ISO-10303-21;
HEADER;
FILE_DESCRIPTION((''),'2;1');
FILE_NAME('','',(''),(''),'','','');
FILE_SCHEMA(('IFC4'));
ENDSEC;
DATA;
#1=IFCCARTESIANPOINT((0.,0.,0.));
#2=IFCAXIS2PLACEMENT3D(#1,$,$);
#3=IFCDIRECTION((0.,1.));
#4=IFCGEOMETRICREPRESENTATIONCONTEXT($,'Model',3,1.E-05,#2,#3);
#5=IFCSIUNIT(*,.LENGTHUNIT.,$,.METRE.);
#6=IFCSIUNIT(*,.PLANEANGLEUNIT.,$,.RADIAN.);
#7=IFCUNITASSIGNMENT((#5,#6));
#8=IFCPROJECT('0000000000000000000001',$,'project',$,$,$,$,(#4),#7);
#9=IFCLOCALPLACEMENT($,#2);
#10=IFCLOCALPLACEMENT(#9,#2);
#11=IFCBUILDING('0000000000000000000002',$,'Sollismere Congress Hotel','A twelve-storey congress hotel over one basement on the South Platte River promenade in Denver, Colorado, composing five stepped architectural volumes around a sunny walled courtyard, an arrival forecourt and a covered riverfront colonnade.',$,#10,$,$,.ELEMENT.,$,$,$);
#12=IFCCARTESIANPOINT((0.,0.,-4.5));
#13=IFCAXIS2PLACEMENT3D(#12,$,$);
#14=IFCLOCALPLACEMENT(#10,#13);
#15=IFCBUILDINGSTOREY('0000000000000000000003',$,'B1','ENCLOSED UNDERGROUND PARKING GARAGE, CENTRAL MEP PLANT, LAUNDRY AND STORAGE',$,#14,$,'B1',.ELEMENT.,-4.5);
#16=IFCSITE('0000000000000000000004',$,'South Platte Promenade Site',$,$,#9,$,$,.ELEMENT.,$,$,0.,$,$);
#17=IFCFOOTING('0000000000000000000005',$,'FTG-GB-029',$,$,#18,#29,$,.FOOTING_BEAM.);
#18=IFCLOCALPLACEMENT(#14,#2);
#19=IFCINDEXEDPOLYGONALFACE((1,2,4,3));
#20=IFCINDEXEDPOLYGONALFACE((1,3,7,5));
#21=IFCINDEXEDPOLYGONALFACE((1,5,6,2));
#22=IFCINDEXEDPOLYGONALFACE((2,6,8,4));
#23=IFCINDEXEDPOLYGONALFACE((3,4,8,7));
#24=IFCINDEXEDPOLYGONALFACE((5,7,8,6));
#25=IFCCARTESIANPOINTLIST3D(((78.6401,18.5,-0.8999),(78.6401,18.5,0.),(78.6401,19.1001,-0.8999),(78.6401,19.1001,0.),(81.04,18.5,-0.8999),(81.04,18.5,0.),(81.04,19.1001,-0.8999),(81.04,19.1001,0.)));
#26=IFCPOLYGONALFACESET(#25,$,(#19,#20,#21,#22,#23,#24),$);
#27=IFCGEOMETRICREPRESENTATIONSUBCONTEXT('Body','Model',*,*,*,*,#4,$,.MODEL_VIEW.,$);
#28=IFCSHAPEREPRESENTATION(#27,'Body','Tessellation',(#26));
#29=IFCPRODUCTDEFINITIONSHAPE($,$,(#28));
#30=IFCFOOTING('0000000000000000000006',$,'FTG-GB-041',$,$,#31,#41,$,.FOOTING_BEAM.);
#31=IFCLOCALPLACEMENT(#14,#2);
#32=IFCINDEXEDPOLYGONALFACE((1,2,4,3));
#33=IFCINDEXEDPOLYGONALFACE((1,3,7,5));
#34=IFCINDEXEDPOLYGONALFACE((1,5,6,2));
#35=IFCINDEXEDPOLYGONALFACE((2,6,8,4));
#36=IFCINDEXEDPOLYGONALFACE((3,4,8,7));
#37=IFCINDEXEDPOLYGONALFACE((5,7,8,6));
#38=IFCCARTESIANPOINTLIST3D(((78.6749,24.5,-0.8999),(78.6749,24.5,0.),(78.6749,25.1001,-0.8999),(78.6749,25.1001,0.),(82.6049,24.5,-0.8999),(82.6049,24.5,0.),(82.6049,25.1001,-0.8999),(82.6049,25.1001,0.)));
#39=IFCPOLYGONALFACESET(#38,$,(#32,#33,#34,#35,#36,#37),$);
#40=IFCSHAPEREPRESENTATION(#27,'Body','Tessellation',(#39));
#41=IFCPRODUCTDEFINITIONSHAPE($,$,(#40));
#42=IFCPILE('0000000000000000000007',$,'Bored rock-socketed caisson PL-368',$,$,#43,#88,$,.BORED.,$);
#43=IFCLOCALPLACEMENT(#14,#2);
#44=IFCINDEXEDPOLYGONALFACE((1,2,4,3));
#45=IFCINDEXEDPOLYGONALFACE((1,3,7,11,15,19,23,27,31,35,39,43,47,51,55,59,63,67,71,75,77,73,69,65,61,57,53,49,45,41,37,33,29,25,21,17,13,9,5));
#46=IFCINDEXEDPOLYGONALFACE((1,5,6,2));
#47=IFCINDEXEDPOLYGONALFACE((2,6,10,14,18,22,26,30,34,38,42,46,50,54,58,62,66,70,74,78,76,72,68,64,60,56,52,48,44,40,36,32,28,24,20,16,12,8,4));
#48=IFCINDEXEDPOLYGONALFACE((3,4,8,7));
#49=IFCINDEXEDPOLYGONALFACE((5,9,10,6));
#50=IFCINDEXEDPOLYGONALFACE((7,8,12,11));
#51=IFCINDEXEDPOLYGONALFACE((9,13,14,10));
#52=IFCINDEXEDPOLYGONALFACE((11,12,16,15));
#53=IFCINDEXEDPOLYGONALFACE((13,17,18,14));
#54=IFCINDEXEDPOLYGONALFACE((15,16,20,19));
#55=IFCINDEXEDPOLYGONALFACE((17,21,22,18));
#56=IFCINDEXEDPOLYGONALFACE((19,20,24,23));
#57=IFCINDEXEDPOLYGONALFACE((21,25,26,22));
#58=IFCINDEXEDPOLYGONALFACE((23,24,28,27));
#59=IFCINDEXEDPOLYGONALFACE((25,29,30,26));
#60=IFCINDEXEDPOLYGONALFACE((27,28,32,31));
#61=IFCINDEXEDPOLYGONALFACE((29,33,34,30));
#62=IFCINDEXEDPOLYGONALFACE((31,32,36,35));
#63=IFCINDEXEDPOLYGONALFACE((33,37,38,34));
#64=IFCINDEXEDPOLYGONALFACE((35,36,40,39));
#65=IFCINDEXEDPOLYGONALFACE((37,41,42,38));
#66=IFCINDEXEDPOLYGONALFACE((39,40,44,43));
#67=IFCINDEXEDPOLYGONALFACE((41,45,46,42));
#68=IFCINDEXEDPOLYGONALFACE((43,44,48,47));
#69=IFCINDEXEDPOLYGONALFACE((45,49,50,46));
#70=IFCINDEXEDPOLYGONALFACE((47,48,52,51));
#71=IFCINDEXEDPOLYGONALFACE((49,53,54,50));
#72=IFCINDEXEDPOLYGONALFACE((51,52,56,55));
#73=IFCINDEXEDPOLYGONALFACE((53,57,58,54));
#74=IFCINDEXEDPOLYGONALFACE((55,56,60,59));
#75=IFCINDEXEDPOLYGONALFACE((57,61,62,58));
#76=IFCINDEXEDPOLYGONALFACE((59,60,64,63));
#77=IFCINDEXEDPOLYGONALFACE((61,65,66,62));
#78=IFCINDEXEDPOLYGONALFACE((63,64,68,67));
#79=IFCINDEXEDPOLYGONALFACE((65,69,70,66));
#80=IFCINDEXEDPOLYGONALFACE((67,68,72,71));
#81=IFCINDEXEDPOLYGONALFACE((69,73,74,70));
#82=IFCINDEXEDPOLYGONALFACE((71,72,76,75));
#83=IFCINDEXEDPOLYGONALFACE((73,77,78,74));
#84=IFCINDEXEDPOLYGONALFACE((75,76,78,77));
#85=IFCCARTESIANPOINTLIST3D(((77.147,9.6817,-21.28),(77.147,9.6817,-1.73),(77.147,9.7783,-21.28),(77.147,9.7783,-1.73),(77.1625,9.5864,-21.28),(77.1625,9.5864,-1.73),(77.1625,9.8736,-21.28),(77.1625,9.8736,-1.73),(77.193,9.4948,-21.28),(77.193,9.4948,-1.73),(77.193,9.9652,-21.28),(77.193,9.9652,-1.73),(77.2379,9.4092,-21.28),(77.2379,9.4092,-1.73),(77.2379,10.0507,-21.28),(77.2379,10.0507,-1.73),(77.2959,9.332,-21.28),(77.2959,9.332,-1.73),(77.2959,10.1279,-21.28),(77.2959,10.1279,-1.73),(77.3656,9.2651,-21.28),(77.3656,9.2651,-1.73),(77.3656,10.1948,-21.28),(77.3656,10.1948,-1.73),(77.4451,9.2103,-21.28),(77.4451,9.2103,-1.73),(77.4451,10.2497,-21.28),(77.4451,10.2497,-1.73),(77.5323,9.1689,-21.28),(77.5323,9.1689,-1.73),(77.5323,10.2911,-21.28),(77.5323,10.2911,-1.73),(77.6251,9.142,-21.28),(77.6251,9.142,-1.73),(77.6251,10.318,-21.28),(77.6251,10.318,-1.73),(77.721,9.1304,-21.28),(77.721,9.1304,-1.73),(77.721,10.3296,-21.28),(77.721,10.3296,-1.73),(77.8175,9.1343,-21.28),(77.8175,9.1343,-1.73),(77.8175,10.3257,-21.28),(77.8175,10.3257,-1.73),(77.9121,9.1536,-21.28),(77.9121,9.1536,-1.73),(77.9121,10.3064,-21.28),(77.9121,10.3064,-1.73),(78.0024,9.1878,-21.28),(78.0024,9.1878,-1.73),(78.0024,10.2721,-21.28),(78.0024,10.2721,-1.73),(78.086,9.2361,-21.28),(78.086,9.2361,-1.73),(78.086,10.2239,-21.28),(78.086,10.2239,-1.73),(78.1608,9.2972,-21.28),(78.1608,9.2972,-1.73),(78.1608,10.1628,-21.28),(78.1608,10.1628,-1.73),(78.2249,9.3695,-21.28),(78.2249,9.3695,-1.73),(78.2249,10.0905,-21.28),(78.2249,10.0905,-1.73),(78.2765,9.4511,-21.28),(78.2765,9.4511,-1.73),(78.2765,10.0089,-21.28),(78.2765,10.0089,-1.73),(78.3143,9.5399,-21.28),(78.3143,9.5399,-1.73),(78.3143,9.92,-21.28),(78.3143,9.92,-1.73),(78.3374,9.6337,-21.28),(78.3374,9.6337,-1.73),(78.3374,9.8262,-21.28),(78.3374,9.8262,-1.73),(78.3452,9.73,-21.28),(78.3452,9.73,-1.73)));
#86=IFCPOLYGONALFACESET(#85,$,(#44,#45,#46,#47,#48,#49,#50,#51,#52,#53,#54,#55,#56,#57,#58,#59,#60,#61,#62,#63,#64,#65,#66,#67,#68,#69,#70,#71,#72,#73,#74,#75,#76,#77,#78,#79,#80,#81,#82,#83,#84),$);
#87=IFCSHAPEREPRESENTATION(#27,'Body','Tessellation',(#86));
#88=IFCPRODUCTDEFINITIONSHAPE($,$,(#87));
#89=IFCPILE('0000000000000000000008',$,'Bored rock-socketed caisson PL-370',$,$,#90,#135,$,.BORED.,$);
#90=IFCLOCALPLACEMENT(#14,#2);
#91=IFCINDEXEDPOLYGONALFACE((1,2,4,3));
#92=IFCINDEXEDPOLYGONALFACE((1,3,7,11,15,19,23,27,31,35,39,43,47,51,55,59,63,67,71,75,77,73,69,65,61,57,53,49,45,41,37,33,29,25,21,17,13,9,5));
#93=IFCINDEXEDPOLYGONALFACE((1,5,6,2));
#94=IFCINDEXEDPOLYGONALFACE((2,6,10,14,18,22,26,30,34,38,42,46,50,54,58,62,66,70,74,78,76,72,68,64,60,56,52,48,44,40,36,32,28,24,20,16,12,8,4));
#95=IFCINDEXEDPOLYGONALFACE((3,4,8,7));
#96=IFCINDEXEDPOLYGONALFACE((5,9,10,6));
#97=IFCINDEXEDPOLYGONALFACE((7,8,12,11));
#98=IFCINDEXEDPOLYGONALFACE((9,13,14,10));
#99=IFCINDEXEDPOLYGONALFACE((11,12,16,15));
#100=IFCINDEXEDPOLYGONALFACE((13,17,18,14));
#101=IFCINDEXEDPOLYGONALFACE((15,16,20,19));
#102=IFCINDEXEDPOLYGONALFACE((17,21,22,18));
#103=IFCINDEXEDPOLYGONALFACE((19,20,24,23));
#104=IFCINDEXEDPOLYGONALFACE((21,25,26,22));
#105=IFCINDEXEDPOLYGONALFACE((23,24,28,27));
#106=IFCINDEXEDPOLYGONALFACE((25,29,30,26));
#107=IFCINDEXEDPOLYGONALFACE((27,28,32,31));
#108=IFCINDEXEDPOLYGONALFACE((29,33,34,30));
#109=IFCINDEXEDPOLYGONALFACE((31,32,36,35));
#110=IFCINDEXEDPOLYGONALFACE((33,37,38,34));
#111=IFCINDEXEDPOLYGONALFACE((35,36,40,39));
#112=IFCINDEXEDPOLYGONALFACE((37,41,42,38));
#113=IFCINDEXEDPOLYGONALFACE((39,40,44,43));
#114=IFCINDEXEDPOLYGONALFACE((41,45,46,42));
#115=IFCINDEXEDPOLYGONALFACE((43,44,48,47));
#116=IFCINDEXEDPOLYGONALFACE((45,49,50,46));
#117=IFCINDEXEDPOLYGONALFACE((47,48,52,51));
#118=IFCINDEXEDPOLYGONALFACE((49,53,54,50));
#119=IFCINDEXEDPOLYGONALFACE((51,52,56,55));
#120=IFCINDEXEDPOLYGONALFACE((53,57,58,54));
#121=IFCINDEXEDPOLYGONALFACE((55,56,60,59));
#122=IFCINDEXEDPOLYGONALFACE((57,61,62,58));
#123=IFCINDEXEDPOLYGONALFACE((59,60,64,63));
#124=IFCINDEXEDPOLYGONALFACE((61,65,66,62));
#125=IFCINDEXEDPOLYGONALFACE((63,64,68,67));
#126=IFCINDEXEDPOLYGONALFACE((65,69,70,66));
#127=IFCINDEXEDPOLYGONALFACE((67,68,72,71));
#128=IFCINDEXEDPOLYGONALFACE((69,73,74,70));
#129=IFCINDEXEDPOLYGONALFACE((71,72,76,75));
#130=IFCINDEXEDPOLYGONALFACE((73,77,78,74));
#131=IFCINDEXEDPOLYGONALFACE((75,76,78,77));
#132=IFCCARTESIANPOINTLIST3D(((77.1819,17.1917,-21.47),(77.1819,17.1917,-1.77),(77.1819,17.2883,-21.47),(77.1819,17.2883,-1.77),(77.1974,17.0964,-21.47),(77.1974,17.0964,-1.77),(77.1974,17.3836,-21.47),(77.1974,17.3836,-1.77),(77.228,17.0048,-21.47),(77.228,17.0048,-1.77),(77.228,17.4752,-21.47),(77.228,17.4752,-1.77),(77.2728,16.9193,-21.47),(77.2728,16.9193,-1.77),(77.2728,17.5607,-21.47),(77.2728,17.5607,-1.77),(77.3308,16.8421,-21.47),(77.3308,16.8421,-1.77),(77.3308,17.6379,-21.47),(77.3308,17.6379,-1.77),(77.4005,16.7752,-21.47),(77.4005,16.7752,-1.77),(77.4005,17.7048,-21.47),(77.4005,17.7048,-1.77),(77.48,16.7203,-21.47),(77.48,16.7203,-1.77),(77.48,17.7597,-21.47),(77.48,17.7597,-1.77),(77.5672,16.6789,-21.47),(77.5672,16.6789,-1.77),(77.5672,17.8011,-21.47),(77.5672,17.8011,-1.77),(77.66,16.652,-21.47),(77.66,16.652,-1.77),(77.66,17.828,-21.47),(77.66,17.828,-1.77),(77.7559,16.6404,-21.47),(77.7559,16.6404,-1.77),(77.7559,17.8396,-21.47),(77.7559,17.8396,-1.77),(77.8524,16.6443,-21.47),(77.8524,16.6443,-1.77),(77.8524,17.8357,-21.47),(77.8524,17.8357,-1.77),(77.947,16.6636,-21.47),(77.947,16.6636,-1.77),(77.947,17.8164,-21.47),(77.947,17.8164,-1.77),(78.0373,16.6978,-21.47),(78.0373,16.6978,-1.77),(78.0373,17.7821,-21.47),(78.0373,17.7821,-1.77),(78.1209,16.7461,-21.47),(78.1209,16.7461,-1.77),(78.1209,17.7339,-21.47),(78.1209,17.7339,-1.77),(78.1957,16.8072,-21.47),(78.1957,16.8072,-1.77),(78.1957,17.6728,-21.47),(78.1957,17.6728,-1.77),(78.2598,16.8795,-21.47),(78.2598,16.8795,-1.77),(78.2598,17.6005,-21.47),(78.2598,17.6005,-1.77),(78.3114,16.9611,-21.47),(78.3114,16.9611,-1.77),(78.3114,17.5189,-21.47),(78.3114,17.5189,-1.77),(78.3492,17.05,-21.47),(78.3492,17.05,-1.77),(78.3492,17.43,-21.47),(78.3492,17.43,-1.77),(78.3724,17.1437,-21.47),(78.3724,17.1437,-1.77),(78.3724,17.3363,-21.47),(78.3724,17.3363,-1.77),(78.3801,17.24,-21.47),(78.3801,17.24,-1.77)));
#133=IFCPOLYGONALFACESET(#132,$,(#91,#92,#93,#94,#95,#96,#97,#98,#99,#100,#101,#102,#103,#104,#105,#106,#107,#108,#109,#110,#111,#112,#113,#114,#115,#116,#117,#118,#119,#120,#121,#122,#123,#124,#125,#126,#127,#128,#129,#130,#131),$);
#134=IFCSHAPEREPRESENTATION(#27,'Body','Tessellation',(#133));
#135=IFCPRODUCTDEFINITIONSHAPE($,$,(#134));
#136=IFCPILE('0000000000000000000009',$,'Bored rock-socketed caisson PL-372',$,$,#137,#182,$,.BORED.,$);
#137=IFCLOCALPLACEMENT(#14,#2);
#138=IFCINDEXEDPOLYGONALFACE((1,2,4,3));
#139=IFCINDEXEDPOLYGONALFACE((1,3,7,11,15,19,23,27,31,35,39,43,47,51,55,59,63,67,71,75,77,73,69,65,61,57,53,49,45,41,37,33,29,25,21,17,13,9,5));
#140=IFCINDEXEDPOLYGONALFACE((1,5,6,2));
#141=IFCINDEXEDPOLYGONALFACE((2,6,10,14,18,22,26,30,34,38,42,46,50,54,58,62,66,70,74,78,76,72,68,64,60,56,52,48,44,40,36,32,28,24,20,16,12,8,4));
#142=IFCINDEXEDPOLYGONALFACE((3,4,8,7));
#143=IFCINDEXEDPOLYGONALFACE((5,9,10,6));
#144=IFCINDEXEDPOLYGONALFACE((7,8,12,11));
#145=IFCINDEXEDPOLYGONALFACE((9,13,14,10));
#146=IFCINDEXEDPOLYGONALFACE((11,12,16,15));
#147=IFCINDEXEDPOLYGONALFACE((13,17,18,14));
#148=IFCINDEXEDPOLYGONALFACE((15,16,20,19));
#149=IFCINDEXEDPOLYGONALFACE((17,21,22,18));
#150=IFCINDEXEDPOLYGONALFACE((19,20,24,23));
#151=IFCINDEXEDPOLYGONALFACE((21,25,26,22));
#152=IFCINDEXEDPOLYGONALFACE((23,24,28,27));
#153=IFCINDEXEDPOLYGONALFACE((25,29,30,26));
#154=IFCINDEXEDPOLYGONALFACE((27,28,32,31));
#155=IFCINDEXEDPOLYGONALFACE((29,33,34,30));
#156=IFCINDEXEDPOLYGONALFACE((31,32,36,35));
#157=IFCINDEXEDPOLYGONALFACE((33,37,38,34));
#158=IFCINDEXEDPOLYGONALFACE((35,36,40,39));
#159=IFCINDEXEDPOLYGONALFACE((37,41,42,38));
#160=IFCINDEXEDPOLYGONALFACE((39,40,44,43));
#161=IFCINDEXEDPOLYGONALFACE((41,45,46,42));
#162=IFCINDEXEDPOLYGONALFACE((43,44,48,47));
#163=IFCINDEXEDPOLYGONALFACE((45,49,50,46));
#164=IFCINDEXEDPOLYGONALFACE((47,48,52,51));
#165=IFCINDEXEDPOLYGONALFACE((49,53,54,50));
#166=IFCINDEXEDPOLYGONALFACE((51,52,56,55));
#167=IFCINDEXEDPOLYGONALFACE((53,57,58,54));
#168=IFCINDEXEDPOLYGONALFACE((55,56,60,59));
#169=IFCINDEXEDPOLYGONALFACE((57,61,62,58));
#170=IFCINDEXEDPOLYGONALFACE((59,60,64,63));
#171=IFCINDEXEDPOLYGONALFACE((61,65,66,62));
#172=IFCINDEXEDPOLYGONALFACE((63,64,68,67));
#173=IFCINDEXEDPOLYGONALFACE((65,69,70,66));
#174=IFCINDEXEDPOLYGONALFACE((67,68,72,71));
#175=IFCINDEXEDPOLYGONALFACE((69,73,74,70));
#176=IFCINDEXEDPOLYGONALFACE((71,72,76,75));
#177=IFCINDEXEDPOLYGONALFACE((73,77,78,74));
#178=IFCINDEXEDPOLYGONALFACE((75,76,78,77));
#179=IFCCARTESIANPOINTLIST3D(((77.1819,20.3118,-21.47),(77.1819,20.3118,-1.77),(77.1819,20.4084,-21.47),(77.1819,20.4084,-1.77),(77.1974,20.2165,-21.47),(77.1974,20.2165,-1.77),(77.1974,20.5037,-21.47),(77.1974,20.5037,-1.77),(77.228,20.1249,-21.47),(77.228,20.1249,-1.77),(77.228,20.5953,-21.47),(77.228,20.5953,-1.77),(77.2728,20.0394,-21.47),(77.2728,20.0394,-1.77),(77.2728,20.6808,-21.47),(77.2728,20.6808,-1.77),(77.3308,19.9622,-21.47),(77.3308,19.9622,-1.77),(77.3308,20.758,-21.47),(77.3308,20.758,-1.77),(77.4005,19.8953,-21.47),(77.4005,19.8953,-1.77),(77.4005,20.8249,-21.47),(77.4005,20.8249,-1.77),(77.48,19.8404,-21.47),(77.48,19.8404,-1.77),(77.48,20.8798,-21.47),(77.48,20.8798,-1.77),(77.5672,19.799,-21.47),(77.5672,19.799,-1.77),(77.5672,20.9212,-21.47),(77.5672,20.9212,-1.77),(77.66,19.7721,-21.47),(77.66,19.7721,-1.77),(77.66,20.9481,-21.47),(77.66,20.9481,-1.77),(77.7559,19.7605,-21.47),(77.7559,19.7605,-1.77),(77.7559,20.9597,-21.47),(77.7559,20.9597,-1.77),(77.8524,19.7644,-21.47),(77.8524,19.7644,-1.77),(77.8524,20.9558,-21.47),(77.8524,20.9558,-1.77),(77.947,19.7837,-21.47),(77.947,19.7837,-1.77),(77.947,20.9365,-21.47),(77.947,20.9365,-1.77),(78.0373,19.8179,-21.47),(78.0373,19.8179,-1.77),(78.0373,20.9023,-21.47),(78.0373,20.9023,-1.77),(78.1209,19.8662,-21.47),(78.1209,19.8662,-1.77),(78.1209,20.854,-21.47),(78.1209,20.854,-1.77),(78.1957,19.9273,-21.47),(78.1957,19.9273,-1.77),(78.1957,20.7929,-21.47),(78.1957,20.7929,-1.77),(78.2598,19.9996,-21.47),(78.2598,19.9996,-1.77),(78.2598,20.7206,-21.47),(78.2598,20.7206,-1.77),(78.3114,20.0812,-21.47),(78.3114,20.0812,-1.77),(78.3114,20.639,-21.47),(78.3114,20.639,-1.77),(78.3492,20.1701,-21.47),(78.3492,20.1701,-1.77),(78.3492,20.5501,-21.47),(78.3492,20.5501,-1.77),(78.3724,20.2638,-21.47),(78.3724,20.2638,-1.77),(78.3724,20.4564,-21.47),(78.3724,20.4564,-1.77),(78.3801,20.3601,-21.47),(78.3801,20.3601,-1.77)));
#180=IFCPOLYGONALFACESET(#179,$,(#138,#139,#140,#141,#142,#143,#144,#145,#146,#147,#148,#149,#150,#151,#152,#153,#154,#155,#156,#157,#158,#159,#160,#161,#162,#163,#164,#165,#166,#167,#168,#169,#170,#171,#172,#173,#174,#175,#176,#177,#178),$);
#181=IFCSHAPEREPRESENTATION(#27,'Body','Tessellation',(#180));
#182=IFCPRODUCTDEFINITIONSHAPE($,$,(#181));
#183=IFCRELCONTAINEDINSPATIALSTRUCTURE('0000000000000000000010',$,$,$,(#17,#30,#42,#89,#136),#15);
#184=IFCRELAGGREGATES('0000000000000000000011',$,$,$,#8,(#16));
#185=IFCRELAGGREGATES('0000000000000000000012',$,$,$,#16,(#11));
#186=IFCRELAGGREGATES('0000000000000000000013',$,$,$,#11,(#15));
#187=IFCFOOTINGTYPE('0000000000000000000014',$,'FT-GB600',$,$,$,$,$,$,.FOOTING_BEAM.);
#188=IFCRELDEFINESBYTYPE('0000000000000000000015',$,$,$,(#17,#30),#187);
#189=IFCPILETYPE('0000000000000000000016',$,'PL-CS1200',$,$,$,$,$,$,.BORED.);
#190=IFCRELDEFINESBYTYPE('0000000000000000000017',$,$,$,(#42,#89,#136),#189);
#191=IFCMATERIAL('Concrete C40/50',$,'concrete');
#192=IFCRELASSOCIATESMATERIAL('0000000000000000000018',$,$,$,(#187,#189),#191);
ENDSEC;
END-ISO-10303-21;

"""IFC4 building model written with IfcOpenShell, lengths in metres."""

from ifc_helpers import new_model, si_unit, direction, frame, origin, origin_2d, place, context, subcontext, project, spatial, rectangle, circle, extrude, material, material_profile, profile_set, type_object, element, save


model = new_model("IFC4")

# Units and contexts
model_context = context("Model", 3, precision=1e-05, world=origin(), true_north=direction((0.0, 1.0)))
body_context = subcontext(model_context, "Body", "Model", "MODEL_VIEW")
ifc_project = project(units=[si_unit("LENGTHUNIT", "METRE"), si_unit("PLANEANGLEUNIT", "RADIAN")], contexts=[model_context])

# Site, building, storey
site_placement = place(None, origin())
site = spatial("IfcSite", under=ifc_project, at=site_placement, Name="South Platte Promenade Site", CompositionType="ELEMENT", RefElevation=0.0)
building_placement = place(site_placement, origin())
building = spatial("IfcBuilding", under=site, at=building_placement, Name="Sollismere Congress Hotel", Description="A twelve-storey congress hotel over one basement on the South Platte River promenade in Denver, Colorado, composing five stepped architectural volumes around a sunny walled courtyard, an arrival forecourt and a covered riverfront colonnade.", CompositionType="ELEMENT")
storey_placement = place(building_placement, frame((0.0, 0.0, -4.5)))
storey = spatial("IfcBuildingStorey", under=building, at=storey_placement, Name="B1", Description="ENCLOSED UNDERGROUND PARKING GARAGE, CENTRAL MEP PLANT, LAUNDRY AND STORAGE", LongName="B1", CompositionType="ELEMENT", Elevation=-4.5)

# Footings
ifc_material_1 = material(Name="Concrete C40/50", Category="concrete")
footing_type = type_object("IfcFootingType", Name="FT-GB600", PredefinedType="FOOTING_BEAM", material=ifc_material_1)
footing_1_placement = place(storey_placement, frame((79.8401, 18.8, -0.8999), z_axis=(0.0, 0.0, 1.0), x_axis=(1.0, 0.0, 0.0)))
element("IfcFooting", 1, at=footing_1_placement, inside=storey, type_object=footing_type, Name="FTG-GB-029", PredefinedType="FOOTING_BEAM", context=body_context, shape_type="SweptSolid", body=[
    extrude(rectangle(XDim=2.3999, YDim=0.6001, at=origin_2d()), origin(), (0.0, 0.0, 1.0), 0.8999),
])
footing_2_placement = place(storey_placement, frame((80.6399, 24.8, -0.8999), z_axis=(0.0, 0.0, 1.0), x_axis=(1.0, 0.0, 0.0)))
element("IfcFooting", 2, at=footing_2_placement, inside=storey, type_object=footing_type, Name="FTG-GB-041", PredefinedType="FOOTING_BEAM", context=body_context, shape_type="SweptSolid", body=[
    extrude(rectangle(XDim=3.9299, YDim=0.6001, at=origin_2d()), origin(), (0.0, 0.0, 1.0), 0.8999),
])

# Piles
ifc_material_profile_1 = material_profile(ifc_material_1, circle(Radius=0.6001, at=origin_2d()), Name="CAISSON1200")
ifc_profile_set_1 = profile_set([ifc_material_profile_1], Name="Concrete C40/50")
pile_type = type_object("IfcPileType", Name="PL-CS1200", PredefinedType="BORED", material=ifc_profile_set_1)
pile_1_placement = place(storey_placement, frame((77.7451, 9.73, -1.73), z_axis=(0.0, 0.0, -1.0), x_axis=(1.0, 0.0, 0.0)))
element("IfcPile", 3, at=pile_1_placement, inside=storey, type_object=pile_type, Name="Bored rock-socketed caisson PL-368", PredefinedType="BORED", context=body_context, shape_type="SweptSolid", body=[
    extrude(circle(Radius=0.6001, at=origin_2d()), origin(), (0.0, 0.0, 1.0), 19.55),
])
for number, where, z_axis, x_axis, name in (
    (4, (77.78, 17.24, -1.77), (0.0, 0.0, -1.0), (1.0, 0.0, 0.0), "Bored rock-socketed caisson PL-370"),
    (5, (77.78, 20.3601, -1.77), (0.0, 0.0, -1.0), (1.0, 0.0, 0.0), "Bored rock-socketed caisson PL-372"),
):
    element("IfcPile", number, at=place(storey_placement, frame(where, z_axis=z_axis, x_axis=x_axis)), inside=storey, type_object=pile_type, Name=name, PredefinedType="BORED", context=body_context, shape_type="SweptSolid", body=[
        extrude(circle(Radius=0.6001, at=origin_2d()), origin(), (0.0, 0.0, 1.0), 19.7),
    ])

save(model, "model.ifc")
